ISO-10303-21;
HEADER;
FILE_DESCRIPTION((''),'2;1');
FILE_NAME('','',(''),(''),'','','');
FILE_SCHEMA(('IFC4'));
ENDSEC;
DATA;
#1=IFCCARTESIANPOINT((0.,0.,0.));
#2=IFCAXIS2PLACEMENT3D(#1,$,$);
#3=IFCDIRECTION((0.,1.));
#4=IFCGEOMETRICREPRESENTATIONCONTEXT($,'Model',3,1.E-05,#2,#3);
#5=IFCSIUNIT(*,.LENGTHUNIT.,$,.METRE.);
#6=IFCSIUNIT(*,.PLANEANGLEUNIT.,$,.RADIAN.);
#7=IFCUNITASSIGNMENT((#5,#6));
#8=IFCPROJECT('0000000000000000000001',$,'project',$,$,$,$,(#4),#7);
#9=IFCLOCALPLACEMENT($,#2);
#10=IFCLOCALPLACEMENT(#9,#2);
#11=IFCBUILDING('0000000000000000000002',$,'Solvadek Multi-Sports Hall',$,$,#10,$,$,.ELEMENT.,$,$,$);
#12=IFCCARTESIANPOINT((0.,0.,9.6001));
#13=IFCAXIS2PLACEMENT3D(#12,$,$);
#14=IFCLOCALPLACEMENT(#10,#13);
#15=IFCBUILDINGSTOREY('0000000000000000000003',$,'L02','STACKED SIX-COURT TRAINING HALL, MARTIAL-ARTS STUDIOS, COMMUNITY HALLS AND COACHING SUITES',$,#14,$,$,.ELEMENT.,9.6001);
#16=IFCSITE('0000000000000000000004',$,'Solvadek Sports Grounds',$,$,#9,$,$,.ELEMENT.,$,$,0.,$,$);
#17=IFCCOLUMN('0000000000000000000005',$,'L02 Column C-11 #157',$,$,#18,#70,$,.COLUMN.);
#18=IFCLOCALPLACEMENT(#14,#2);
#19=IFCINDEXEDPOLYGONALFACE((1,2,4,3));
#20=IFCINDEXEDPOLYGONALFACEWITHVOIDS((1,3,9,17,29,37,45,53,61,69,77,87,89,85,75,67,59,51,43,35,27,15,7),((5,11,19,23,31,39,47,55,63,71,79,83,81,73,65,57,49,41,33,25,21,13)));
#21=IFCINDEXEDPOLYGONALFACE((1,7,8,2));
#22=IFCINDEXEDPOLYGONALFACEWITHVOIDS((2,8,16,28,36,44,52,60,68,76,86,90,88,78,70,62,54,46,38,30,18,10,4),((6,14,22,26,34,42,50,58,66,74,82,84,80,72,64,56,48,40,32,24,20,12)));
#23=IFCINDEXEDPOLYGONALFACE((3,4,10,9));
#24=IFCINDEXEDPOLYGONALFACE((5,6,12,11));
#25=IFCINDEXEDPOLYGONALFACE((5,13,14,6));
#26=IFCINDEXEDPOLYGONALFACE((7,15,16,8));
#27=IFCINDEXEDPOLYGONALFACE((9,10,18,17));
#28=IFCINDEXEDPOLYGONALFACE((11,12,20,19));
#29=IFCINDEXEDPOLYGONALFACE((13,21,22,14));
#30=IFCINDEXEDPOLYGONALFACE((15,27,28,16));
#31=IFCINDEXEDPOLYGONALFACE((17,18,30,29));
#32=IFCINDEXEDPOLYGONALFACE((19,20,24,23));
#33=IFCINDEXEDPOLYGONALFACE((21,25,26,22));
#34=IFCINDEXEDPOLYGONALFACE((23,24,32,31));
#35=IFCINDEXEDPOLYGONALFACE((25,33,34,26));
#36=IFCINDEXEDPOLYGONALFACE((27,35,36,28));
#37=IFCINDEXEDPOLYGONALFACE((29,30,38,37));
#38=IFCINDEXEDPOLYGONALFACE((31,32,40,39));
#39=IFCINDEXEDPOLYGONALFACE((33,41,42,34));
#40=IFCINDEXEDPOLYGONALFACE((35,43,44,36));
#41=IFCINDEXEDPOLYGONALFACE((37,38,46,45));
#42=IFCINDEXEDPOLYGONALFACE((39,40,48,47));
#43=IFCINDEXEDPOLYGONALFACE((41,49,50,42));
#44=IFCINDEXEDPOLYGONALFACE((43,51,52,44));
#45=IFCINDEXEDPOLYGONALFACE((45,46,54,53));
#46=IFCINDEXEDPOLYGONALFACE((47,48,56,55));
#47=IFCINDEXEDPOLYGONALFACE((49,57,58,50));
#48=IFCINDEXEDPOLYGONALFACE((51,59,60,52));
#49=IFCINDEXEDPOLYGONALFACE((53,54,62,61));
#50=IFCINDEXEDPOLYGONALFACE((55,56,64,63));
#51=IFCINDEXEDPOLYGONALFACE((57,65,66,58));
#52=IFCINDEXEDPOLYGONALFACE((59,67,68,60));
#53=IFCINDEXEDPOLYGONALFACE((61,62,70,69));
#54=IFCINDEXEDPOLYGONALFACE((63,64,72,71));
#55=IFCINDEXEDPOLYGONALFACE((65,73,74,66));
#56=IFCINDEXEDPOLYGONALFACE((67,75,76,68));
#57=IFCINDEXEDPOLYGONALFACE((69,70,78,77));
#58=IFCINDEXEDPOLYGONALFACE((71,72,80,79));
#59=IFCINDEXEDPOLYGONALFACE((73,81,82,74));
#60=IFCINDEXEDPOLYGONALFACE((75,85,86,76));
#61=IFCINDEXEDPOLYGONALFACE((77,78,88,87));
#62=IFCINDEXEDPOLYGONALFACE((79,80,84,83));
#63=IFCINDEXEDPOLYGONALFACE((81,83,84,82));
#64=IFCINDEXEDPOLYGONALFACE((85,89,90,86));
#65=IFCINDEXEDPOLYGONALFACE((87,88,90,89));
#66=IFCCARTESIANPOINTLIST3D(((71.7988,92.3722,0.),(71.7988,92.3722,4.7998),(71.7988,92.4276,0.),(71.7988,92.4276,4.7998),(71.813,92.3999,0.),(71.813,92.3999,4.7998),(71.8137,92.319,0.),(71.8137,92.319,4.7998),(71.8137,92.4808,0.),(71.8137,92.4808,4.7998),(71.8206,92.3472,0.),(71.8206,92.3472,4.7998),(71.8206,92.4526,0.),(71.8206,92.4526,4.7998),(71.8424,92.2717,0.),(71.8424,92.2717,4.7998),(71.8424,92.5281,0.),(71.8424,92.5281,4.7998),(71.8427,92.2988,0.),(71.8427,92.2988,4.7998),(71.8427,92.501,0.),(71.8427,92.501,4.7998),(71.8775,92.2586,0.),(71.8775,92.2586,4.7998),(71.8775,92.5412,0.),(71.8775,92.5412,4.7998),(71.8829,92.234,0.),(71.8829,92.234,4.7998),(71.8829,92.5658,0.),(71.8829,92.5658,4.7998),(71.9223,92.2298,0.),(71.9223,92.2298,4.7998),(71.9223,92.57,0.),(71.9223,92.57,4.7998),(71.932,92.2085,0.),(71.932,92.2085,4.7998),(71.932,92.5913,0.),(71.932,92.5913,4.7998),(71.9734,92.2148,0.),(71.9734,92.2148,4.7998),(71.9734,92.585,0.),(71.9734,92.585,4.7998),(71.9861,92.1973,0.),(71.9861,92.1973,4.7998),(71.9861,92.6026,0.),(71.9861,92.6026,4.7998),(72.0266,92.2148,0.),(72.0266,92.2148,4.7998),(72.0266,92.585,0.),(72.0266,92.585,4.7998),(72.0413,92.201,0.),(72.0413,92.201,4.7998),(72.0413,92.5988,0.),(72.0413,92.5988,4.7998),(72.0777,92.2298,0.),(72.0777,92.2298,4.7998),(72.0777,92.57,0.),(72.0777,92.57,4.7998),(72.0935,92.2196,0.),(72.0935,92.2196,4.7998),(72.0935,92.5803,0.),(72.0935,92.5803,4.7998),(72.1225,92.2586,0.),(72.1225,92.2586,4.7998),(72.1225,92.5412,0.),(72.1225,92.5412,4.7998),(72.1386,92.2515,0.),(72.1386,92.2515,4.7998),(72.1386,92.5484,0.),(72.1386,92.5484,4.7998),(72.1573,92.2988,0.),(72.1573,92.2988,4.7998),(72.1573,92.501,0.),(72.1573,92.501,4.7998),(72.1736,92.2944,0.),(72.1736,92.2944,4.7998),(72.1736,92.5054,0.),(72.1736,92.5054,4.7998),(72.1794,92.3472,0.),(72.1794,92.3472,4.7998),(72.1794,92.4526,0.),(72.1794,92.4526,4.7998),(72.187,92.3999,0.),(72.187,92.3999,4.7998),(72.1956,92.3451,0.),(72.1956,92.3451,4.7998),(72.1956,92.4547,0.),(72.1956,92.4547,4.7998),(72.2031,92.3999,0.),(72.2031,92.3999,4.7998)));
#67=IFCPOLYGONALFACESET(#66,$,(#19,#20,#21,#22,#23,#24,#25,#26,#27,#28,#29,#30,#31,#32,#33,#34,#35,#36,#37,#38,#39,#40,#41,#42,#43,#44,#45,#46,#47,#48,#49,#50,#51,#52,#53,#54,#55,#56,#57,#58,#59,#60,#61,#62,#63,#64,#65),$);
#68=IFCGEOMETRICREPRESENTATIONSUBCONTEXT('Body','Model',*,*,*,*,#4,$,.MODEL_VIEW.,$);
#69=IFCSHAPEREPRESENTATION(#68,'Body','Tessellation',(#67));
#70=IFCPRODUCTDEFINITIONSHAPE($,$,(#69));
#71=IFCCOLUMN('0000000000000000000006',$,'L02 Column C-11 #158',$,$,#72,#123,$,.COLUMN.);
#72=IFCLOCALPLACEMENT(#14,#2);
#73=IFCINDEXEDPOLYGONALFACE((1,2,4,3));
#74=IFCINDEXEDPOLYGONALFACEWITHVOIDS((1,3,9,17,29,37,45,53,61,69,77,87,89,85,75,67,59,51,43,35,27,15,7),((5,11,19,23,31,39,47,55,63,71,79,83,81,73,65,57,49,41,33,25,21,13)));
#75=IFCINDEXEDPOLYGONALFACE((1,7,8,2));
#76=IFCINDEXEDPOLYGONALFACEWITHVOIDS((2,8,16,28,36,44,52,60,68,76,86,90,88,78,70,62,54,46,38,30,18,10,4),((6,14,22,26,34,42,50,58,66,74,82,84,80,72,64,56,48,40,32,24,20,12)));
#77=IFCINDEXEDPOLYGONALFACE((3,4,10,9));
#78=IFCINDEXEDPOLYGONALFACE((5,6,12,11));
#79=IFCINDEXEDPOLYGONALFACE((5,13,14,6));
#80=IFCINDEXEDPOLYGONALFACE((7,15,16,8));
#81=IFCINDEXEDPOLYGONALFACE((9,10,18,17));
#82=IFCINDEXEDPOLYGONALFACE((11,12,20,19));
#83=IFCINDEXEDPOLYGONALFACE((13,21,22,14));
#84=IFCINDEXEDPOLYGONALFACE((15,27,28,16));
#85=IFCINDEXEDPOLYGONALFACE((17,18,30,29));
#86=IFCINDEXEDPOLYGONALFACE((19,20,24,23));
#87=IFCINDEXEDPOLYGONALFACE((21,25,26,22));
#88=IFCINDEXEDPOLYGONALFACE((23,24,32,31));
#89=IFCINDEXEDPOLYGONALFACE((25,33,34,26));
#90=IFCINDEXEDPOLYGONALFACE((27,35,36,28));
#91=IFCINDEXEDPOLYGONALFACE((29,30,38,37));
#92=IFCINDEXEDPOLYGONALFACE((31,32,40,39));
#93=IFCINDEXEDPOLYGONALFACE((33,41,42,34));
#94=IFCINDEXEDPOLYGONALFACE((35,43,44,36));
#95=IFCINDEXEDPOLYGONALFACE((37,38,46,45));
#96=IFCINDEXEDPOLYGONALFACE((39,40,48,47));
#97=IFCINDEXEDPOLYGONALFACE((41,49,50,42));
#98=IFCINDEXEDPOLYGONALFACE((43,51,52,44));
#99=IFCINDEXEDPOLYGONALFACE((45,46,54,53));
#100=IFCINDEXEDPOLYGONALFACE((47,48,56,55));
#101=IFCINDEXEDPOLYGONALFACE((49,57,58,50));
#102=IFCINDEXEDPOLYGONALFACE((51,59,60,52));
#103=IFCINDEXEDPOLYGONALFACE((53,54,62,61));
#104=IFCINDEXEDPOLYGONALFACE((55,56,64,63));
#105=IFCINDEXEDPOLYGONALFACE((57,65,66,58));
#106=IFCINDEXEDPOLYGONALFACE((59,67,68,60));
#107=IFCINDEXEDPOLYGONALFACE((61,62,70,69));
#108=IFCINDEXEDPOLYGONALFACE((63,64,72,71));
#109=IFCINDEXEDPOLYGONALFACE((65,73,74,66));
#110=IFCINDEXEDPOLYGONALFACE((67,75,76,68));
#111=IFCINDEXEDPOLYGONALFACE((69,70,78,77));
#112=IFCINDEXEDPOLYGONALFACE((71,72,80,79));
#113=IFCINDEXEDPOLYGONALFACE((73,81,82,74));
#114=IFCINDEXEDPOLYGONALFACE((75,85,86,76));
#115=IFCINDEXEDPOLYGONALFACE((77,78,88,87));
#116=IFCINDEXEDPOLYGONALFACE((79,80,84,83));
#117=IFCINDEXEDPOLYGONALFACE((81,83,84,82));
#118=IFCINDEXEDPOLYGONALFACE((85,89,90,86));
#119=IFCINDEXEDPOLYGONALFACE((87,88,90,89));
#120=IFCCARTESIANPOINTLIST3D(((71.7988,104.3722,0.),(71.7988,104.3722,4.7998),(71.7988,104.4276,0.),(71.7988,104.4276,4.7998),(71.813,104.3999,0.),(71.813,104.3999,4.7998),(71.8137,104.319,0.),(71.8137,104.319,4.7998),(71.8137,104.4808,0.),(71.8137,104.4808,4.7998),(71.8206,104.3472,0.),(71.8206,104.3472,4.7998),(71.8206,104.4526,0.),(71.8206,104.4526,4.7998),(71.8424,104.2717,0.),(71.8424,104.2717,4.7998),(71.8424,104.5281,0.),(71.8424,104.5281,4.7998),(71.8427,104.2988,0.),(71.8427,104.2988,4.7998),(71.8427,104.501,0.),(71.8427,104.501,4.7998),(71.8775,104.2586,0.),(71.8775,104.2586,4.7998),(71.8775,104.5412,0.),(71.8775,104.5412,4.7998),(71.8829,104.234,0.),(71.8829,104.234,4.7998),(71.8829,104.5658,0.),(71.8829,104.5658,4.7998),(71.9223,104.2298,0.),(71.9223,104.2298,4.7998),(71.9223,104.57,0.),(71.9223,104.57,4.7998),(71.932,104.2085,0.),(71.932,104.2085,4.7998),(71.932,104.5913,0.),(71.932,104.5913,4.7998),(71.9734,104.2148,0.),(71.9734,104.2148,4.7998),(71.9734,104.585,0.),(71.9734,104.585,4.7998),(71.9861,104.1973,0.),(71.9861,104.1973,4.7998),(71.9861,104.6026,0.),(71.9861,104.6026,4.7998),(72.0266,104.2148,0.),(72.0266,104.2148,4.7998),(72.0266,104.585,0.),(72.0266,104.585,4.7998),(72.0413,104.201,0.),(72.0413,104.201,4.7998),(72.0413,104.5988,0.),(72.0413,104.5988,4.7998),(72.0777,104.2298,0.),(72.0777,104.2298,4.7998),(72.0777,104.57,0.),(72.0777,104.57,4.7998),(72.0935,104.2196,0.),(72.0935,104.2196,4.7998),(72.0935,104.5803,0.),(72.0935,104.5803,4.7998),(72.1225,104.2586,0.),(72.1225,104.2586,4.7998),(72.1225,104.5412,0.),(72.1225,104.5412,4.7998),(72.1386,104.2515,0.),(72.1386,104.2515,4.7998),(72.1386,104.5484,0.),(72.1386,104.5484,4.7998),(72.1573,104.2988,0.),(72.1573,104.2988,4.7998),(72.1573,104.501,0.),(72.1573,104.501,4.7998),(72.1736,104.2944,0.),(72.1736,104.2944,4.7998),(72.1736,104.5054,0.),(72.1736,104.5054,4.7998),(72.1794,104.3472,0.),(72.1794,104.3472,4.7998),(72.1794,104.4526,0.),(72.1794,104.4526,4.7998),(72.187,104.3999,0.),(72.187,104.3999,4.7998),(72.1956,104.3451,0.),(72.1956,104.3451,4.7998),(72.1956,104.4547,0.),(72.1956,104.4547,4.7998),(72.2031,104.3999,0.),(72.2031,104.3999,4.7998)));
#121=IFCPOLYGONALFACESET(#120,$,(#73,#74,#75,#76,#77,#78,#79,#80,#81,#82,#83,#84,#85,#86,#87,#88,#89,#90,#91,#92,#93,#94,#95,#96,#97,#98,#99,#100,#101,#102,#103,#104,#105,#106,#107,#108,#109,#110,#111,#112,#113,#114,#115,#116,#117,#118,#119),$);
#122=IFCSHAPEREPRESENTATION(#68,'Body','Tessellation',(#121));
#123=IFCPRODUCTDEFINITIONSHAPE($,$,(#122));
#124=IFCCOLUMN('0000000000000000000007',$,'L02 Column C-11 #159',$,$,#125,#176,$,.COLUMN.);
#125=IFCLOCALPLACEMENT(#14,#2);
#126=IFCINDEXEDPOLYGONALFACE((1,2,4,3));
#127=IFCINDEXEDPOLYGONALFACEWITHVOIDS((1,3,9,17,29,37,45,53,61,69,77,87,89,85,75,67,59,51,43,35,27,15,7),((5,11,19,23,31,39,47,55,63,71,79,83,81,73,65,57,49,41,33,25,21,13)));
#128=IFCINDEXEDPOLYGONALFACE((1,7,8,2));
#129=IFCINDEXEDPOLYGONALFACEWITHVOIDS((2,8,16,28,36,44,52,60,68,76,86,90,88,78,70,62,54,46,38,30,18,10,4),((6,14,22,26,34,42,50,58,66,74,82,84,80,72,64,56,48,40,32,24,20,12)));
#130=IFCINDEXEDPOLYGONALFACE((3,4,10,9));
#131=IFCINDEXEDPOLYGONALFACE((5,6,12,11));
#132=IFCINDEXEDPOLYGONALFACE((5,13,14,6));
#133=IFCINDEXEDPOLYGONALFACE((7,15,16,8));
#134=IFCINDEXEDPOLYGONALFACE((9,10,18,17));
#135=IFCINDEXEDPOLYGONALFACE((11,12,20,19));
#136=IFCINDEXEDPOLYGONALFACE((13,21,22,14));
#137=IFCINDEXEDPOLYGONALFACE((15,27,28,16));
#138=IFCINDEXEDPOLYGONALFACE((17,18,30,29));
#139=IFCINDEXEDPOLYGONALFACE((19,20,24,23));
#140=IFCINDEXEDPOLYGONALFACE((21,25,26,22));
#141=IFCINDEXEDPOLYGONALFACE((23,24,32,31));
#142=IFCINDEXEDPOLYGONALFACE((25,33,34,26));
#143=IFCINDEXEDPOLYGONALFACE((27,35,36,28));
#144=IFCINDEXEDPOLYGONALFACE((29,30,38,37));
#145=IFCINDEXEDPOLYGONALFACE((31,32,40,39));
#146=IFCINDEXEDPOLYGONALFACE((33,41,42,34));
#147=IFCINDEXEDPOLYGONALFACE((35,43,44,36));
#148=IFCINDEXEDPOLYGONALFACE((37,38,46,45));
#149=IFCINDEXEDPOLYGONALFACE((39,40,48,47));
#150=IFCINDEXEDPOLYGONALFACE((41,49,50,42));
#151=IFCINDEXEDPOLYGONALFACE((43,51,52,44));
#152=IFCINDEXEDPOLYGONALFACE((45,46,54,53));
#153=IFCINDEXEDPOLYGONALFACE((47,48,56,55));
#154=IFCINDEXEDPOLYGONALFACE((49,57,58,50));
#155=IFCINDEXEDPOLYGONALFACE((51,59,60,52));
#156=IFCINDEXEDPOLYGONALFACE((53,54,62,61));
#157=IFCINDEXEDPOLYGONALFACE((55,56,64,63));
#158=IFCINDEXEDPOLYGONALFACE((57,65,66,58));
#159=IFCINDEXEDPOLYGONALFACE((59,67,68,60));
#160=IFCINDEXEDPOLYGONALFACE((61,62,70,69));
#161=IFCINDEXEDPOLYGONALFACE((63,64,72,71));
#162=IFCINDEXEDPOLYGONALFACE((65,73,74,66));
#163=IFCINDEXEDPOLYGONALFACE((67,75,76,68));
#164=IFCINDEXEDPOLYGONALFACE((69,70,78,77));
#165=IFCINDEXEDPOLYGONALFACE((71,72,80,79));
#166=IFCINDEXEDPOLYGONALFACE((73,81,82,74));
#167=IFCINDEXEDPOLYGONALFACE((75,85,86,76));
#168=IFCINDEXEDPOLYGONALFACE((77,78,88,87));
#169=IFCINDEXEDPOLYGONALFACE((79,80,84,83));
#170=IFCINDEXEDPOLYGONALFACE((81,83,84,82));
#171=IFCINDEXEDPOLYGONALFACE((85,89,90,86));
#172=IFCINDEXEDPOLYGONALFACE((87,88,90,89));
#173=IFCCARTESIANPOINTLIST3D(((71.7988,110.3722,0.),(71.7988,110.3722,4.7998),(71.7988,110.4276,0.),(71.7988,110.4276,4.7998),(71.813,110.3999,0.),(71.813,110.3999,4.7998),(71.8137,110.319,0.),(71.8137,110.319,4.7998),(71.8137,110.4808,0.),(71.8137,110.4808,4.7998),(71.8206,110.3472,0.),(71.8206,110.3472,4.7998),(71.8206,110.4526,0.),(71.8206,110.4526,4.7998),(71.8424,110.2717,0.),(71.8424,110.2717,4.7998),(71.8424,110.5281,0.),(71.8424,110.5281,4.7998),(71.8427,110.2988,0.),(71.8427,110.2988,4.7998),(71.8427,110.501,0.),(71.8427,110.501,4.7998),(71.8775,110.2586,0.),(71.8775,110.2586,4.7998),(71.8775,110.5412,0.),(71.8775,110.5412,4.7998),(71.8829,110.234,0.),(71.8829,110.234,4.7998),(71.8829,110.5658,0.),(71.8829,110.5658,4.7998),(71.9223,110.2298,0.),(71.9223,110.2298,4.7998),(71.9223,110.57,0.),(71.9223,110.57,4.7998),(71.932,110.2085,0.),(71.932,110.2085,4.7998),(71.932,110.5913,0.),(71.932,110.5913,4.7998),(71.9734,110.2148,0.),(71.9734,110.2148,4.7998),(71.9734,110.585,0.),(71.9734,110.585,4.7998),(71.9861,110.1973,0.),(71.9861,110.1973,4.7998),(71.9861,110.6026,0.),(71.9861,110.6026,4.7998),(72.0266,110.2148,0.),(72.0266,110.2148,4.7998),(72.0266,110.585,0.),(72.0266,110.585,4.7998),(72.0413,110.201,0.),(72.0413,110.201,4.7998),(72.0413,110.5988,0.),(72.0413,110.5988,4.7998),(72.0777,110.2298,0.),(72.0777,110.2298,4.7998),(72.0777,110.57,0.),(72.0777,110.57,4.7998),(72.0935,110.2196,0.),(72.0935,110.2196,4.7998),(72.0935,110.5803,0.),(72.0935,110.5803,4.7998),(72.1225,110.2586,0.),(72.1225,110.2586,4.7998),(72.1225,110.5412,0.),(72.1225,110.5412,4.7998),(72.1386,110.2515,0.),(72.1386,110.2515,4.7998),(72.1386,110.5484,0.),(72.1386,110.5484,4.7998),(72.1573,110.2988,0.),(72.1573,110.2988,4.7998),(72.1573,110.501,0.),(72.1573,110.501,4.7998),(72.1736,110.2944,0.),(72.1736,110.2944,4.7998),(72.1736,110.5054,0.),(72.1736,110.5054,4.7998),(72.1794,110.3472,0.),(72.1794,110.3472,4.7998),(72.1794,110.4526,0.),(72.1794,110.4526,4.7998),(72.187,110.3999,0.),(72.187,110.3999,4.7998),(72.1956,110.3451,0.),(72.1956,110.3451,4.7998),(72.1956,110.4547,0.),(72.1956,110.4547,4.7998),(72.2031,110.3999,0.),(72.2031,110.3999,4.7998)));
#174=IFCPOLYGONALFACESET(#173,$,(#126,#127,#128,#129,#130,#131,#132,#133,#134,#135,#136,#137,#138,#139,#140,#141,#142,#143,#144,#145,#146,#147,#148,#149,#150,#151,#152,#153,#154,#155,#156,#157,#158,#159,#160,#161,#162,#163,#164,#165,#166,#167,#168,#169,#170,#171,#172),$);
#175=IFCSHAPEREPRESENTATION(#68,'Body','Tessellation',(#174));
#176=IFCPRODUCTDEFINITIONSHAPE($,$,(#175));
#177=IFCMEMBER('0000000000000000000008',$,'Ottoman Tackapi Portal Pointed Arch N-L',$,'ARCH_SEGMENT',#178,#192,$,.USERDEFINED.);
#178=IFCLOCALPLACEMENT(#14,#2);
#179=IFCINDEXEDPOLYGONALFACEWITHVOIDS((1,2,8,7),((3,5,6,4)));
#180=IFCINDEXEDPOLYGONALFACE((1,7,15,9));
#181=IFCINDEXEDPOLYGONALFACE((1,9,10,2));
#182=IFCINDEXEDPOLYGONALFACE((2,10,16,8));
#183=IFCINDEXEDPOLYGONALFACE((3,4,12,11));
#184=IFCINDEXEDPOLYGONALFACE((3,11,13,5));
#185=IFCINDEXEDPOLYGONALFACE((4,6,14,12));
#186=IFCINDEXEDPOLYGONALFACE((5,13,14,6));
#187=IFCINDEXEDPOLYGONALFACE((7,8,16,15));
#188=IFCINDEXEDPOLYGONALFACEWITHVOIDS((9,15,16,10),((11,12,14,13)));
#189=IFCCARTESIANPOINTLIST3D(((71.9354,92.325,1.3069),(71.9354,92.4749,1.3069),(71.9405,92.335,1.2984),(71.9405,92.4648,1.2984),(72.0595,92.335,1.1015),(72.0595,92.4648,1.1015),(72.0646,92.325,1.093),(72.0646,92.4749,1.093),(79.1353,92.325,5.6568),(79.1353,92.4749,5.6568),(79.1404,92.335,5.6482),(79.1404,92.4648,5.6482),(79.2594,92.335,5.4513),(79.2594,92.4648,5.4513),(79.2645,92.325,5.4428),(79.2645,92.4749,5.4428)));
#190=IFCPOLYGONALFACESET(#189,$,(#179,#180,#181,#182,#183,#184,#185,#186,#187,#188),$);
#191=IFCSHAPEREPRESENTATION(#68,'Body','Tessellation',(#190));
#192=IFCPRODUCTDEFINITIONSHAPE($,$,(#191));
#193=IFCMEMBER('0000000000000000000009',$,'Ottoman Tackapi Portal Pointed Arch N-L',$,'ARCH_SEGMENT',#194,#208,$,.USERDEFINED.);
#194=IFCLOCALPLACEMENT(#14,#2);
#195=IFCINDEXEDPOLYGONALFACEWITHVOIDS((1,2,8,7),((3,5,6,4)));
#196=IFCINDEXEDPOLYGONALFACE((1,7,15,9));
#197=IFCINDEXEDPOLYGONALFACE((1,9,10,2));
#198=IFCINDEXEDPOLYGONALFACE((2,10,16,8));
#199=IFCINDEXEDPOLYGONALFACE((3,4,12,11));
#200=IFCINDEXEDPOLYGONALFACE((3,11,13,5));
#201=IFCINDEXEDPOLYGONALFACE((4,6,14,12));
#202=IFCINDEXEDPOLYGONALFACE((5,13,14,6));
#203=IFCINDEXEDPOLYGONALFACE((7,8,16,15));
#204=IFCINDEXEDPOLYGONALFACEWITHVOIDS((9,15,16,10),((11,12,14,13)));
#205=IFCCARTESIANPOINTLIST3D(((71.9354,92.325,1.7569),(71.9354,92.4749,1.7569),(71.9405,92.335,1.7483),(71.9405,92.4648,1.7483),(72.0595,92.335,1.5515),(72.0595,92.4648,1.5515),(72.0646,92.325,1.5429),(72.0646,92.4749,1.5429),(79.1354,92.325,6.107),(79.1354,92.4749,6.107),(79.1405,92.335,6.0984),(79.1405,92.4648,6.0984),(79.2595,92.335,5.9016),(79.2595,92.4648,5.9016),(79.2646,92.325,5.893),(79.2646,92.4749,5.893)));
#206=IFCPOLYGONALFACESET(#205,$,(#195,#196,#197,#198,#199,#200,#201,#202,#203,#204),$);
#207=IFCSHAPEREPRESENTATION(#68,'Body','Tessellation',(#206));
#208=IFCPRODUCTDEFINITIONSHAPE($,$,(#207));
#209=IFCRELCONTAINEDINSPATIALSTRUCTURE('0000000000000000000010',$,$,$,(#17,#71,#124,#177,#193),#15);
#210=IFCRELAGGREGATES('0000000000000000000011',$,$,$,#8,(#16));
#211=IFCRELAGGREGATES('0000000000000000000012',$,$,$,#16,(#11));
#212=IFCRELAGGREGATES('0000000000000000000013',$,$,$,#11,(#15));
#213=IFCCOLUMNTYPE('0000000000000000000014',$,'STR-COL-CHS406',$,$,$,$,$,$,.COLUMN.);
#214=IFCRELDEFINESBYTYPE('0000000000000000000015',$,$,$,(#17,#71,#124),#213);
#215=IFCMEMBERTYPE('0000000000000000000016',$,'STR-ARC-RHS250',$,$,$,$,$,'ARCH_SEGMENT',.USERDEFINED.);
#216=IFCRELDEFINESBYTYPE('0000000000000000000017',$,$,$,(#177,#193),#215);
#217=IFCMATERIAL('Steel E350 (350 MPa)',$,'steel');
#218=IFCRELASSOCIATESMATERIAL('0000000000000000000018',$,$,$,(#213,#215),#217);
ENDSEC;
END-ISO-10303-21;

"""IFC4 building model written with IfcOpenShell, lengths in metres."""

from ifc_helpers import new_model, si_unit, direction, frame, origin, origin_2d, place, context, subcontext, project, spatial, hollow_rectangle, hollow_circle, extrude, material, material_profile, profile_set, type_object, element, save


model = new_model("IFC4")

# Units and contexts
model_context = context("Model", 3, precision=1e-05, world=origin(), true_north=direction((0.0, 1.0)))
body_context = subcontext(model_context, "Body", "Model", "MODEL_VIEW")
ifc_project = project(units=[si_unit("LENGTHUNIT", "METRE"), si_unit("PLANEANGLEUNIT", "RADIAN")], contexts=[model_context])

# Site, building, storey
site_placement = place(None, origin())
site = spatial("IfcSite", under=ifc_project, at=site_placement, Name="Solvadek Sports Grounds", CompositionType="ELEMENT", RefElevation=0.0)
building_placement = place(site_placement, origin())
building = spatial("IfcBuilding", under=site, at=building_placement, Name="Solvadek Multi-Sports Hall", CompositionType="ELEMENT")
storey_placement = place(building_placement, frame((0.0, 0.0, 9.6001)))
storey = spatial("IfcBuildingStorey", under=building, at=storey_placement, Name="L02", Description="STACKED SIX-COURT TRAINING HALL, MARTIAL-ARTS STUDIOS, COMMUNITY HALLS AND COACHING SUITES", CompositionType="ELEMENT", Elevation=9.6001)

# Columns
ifc_material_1 = material(Name="Steel E350 (350 MPa)", Category="steel")
ifc_material_profile_1 = material_profile(ifc_material_1, hollow_circle(Radius=0.2031, WallThickness=0.0161, at=origin_2d()), Name="CHS 406.4x16")
ifc_profile_set_1 = profile_set([ifc_material_profile_1], Name="Steel E350 (350 MPa)")
column_type = type_object("IfcColumnType", Name="STR-COL-CHS406", PredefinedType="COLUMN", material=ifc_profile_set_1)
for number, where, z_axis, x_axis, name in (
    (1, (72.0, 92.3999, 0.0), (0.0, 0.0, 1.0), (1.0, 0.0, 0.0), "L02 Column C-11 #157"),
    (2, (72.0, 104.3999, 0.0), (0.0, 0.0, 1.0), (1.0, 0.0, 0.0), "L02 Column C-11 #158"),
    (3, (72.0, 110.3999, 0.0), (0.0, 0.0, 1.0), (1.0, 0.0, 0.0), "L02 Column C-11 #159"),
):
    element("IfcColumn", number, at=place(storey_placement, frame(where, z_axis=z_axis, x_axis=x_axis)), inside=storey, type_object=column_type, Name=name, PredefinedType="COLUMN", context=body_context, shape_type="SweptSolid", body=[
        extrude(hollow_circle(Radius=0.2031, WallThickness=0.0161, at=origin_2d()), origin(), (0.0, 0.0, 1.0), 4.7998),
    ])

# Members
ifc_material_profile_2 = material_profile(ifc_material_1, hollow_rectangle(XDim=0.1499, YDim=0.25, WallThickness=0.01, at=origin_2d()), Name="RHS 250x150x10")
ifc_profile_set_2 = profile_set([ifc_material_profile_2], Name="Steel E350 (350 MPa)")
member_type = type_object("IfcMemberType", Name="STR-ARC-RHS250", ElementType="ARCH_SEGMENT", PredefinedType="USERDEFINED", material=ifc_profile_set_2)
member_1_placement = place(storey_placement, frame((72.0, 92.3999, 1.2), z_axis=(0.855922, 0.0, 0.517105), x_axis=(0.0, 1.0, 0.0)))
element("IfcMember", 4, at=member_1_placement, inside=storey, type_object=member_type, Name="Ottoman Tackapi Portal Pointed Arch N-L", ObjectType="ARCH_SEGMENT", PredefinedType="USERDEFINED", context=body_context, shape_type="SweptSolid", body=[
    extrude(hollow_rectangle(XDim=0.1499, YDim=0.25, WallThickness=0.01, at=origin_2d()), origin(), (0.0, 0.0, 1.0), 8.4119),
])
member_2_placement = place(storey_placement, frame((72.0, 92.3999, 1.6499), z_axis=(0.855909, 0.0, 0.517127), x_axis=(0.0, 1.0, 0.0)))
element("IfcMember", 5, at=member_2_placement, inside=storey, type_object=member_type, Name="Ottoman Tackapi Portal Pointed Arch N-L", ObjectType="ARCH_SEGMENT", PredefinedType="USERDEFINED", context=body_context, shape_type="SweptSolid", body=[
    extrude(hollow_rectangle(XDim=0.1499, YDim=0.25, WallThickness=0.01, at=origin_2d()), origin(), (0.0, 0.0, 1.0), 8.4121),
])

save(model, "model.ifc")
